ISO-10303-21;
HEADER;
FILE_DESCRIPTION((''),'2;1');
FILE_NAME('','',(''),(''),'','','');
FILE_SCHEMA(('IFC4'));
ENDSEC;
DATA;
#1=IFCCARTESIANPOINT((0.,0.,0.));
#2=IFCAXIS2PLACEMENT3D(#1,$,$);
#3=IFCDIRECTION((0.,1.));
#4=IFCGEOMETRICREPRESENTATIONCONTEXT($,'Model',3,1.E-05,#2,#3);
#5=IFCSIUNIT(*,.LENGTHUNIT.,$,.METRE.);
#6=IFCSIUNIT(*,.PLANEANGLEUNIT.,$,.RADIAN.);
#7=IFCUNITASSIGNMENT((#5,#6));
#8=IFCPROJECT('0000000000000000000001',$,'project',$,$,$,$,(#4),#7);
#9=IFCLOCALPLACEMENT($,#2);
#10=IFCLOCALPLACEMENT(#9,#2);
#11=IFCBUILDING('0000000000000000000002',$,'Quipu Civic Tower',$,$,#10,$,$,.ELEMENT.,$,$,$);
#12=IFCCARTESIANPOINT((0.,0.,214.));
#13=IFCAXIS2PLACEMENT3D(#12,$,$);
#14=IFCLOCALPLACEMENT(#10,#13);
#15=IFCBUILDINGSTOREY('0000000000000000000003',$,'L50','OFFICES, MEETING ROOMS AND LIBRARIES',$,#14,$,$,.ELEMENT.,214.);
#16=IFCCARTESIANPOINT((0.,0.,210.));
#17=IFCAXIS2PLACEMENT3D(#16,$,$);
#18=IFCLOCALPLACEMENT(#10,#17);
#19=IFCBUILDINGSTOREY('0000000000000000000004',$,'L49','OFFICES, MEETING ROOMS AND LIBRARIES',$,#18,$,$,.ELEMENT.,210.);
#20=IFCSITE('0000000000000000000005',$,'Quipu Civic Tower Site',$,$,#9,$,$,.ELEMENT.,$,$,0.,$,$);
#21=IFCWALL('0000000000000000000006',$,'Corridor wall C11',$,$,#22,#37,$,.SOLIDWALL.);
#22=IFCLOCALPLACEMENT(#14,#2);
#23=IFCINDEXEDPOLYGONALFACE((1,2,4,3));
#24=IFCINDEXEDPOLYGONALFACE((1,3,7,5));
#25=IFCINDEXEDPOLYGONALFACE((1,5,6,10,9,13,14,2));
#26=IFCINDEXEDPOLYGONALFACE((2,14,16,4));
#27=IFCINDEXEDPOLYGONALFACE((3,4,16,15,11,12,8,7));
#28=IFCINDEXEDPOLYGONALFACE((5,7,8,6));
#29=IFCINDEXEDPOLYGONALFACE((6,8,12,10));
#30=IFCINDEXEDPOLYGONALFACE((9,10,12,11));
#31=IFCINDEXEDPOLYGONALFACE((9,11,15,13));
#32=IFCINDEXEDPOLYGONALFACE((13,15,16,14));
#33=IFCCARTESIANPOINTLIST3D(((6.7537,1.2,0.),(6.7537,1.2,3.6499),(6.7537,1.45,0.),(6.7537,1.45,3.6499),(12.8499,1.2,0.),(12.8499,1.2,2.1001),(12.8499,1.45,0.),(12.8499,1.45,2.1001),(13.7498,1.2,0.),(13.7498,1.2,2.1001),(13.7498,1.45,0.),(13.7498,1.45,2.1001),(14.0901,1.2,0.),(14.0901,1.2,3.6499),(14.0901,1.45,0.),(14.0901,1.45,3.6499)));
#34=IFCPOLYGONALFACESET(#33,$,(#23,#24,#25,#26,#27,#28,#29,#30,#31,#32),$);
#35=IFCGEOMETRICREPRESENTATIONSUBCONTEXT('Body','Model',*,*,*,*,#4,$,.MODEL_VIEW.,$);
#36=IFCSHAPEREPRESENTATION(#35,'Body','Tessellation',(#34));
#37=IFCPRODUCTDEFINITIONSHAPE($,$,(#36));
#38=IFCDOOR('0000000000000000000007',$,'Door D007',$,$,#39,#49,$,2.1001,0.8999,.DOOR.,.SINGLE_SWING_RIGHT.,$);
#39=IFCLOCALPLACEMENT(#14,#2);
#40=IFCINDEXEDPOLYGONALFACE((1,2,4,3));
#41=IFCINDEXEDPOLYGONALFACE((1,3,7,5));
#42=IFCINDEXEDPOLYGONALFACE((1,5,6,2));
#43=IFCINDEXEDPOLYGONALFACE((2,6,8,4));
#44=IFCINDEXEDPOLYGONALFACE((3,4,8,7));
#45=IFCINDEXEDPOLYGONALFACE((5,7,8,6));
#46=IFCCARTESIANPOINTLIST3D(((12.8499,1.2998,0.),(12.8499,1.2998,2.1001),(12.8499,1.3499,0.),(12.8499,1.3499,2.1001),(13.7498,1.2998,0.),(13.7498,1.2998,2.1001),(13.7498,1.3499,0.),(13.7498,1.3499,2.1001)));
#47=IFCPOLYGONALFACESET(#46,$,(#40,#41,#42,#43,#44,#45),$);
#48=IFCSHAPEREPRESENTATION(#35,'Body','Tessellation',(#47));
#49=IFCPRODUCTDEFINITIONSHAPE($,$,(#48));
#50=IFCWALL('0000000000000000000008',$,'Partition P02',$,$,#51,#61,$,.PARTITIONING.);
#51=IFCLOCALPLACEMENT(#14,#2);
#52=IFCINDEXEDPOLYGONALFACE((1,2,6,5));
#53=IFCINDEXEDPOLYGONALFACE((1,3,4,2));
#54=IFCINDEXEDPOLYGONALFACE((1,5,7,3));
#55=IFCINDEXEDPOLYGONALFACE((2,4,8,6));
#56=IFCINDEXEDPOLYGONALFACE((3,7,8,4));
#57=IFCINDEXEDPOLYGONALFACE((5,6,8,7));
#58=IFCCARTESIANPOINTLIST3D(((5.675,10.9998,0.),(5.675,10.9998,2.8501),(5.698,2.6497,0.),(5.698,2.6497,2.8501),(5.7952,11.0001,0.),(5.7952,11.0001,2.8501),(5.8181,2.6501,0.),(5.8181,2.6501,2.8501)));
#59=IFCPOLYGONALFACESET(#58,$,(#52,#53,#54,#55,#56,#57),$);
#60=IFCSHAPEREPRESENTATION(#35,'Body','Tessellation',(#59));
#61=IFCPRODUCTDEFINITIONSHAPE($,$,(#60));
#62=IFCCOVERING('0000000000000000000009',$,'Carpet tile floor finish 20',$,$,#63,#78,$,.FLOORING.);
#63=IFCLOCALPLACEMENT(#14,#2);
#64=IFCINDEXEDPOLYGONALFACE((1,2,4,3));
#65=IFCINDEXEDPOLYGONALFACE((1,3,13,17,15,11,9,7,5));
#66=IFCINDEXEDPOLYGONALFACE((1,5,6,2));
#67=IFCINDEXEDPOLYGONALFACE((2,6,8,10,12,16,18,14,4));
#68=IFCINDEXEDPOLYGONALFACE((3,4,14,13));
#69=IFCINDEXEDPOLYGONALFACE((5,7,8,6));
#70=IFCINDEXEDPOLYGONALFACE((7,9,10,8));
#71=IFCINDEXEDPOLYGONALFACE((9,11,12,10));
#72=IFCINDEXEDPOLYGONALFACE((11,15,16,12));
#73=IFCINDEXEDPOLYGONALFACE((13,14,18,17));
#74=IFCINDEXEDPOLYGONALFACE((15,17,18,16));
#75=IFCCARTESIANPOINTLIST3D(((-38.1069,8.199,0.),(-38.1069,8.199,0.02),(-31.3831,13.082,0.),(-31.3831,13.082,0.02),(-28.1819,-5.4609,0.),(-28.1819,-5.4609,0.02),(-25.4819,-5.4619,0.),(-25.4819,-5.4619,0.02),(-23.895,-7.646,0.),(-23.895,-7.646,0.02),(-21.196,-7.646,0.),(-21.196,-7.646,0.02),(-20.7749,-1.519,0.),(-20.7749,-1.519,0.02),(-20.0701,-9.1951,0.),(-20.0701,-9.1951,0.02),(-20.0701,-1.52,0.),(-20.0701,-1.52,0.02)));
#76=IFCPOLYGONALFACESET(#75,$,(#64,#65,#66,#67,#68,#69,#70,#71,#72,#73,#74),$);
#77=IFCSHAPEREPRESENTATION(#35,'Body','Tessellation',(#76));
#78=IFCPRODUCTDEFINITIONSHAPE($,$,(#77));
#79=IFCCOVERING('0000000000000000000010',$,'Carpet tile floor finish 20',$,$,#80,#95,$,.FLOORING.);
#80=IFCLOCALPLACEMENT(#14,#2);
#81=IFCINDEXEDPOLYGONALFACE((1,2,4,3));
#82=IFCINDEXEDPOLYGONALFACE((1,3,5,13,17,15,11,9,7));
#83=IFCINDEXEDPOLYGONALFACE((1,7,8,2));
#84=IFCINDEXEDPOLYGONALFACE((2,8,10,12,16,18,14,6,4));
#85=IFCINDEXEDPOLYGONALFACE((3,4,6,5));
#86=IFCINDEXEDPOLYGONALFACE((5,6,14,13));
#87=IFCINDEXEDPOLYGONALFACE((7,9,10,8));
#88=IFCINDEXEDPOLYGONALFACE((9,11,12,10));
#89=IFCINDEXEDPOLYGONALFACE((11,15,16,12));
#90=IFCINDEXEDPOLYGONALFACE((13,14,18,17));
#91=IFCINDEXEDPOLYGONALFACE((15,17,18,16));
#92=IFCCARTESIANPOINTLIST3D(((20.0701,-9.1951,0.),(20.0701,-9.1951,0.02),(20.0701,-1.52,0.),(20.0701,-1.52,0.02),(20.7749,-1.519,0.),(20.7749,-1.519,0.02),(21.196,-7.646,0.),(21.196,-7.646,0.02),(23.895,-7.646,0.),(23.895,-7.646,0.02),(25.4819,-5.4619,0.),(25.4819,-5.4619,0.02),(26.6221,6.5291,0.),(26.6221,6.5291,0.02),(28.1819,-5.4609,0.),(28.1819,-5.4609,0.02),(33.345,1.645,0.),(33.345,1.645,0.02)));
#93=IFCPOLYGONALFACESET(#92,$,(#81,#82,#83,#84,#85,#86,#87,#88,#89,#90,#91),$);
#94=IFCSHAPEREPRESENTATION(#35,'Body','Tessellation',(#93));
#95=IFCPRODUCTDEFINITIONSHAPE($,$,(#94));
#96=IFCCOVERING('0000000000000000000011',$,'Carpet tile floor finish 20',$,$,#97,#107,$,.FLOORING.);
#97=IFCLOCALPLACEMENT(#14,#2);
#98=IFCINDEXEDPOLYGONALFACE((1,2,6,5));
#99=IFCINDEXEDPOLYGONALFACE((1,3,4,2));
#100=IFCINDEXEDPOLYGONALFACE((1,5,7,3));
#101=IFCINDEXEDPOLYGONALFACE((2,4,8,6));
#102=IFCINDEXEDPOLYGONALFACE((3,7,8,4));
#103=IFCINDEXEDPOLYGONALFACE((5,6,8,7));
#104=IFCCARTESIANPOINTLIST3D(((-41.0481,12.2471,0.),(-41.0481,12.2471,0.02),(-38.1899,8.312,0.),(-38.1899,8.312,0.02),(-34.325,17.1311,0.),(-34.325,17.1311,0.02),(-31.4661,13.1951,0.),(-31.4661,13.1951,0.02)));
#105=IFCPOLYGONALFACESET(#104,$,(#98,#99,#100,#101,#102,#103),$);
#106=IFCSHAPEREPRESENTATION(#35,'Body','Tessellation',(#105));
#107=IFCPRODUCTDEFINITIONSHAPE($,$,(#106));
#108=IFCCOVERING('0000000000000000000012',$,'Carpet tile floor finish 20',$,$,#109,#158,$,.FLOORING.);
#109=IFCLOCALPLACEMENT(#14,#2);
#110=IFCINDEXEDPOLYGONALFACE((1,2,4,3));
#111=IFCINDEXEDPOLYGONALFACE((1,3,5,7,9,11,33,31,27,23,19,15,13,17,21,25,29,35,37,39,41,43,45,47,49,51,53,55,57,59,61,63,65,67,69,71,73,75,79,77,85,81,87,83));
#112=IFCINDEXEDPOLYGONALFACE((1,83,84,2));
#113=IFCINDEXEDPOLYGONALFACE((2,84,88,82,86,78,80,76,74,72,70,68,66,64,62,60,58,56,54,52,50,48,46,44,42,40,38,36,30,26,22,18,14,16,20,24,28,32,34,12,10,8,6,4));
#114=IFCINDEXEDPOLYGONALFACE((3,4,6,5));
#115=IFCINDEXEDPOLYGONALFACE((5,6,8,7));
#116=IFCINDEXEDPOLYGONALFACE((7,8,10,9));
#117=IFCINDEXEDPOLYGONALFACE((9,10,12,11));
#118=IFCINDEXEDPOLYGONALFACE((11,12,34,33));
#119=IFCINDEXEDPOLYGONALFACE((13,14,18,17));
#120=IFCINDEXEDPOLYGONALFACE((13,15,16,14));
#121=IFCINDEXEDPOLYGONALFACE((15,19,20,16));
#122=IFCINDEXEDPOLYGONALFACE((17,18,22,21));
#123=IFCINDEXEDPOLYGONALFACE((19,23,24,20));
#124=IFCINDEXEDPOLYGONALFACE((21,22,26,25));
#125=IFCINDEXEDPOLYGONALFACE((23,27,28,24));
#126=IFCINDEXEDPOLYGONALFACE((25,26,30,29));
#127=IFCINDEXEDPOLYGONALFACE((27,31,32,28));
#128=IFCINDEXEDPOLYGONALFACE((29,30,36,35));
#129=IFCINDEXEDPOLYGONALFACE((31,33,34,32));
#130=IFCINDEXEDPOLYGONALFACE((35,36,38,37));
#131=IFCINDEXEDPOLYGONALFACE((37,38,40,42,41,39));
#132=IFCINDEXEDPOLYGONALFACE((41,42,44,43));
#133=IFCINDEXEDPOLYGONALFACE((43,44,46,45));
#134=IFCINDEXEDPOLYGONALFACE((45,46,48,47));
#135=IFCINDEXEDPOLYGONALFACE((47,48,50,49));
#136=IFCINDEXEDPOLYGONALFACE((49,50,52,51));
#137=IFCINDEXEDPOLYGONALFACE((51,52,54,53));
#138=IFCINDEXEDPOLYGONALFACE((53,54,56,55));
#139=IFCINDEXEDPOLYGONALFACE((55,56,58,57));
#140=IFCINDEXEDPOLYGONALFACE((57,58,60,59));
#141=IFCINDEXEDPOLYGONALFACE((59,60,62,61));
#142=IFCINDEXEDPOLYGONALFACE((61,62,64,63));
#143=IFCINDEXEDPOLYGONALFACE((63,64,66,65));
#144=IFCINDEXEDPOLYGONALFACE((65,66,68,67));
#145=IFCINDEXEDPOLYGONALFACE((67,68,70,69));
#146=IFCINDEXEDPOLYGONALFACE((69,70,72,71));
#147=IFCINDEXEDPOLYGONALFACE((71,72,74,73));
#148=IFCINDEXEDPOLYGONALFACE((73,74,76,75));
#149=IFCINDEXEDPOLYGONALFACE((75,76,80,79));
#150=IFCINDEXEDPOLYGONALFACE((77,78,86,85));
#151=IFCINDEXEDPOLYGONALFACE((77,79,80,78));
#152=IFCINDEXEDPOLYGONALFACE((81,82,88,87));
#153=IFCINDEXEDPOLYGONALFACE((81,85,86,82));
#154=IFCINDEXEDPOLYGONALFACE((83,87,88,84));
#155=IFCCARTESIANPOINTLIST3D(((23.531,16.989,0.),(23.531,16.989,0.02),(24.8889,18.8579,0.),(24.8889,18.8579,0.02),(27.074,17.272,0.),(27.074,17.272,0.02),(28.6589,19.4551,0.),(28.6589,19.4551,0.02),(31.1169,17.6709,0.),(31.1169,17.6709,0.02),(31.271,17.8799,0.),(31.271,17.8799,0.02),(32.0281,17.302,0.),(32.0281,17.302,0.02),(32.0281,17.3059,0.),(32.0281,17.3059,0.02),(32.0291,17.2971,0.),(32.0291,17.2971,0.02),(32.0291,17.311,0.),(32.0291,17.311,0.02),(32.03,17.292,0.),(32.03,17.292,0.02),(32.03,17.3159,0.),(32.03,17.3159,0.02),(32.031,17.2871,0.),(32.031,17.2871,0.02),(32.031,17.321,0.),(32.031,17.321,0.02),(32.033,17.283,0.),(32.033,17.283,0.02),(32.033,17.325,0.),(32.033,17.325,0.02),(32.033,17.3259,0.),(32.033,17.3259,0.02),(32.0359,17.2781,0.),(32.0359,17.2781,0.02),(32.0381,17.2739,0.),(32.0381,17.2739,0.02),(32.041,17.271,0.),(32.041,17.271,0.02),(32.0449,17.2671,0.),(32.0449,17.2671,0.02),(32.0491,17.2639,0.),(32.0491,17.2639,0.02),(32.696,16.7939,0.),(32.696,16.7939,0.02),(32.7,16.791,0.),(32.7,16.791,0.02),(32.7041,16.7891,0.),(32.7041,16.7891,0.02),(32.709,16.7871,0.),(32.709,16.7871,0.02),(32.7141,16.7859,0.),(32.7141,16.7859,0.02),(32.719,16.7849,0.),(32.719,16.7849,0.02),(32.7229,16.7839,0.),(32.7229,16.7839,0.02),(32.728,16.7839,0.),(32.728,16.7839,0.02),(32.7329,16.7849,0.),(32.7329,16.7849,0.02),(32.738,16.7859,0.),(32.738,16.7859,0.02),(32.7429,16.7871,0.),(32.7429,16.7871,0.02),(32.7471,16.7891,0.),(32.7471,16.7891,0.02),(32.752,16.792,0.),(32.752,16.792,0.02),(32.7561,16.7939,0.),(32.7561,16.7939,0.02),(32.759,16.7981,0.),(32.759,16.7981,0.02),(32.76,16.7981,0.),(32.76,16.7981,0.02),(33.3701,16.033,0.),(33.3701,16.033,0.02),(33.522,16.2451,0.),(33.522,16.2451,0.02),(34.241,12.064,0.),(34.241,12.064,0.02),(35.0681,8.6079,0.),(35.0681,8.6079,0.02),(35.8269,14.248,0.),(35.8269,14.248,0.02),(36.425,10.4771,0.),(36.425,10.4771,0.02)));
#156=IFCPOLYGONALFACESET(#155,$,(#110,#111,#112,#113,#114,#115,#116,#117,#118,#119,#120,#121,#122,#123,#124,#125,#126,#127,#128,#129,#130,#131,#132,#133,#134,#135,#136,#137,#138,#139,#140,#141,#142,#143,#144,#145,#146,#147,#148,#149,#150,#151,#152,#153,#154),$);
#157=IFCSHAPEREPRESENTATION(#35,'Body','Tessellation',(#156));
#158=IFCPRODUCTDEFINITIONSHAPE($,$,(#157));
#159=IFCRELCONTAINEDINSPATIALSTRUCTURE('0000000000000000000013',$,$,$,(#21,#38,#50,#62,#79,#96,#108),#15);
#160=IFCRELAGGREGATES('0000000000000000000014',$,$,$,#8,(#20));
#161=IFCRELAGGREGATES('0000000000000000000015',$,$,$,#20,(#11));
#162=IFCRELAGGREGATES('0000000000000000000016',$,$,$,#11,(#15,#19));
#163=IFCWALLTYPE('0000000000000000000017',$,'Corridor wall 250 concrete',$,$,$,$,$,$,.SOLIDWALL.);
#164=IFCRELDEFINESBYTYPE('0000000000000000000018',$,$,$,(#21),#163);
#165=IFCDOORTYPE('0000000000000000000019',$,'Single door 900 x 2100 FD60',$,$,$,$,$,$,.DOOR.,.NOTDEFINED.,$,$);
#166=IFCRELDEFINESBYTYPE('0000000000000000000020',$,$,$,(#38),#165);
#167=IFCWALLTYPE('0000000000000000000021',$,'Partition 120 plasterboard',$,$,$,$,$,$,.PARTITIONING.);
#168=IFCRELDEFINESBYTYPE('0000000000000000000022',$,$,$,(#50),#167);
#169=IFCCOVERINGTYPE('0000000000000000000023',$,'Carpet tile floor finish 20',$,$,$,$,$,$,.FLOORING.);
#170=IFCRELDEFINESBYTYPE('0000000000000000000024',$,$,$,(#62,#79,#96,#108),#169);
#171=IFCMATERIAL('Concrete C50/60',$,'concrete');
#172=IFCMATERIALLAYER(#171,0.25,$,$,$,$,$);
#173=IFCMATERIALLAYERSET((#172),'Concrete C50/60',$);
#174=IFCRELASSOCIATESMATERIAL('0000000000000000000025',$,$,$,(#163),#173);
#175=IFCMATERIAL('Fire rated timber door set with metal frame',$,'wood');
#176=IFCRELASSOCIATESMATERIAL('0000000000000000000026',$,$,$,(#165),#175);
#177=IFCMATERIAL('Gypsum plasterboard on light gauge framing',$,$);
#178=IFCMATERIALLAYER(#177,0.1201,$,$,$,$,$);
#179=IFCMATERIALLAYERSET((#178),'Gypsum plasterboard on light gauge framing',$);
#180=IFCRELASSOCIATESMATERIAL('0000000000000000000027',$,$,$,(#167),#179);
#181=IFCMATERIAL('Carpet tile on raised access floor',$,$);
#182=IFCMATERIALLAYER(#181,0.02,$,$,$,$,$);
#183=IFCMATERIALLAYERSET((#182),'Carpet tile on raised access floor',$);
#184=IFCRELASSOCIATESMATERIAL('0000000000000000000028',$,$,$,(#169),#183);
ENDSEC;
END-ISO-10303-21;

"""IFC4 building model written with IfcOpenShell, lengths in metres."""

from ifc_helpers import new_model, si_unit, direction, frame, frame_2d, origin, place, context, subcontext, project, spatial, polyline, rectangle, outline, extrude, material, layer, layer_set, type_object, element, fill, save


model = new_model("IFC4")

# Units and contexts
model_context = context("Model", 3, precision=1e-05, world=origin(), true_north=direction((0.0, 1.0)))
body_context = subcontext(model_context, "Body", "Model", "MODEL_VIEW")
ifc_project = project(units=[si_unit("LENGTHUNIT", "METRE"), si_unit("PLANEANGLEUNIT", "RADIAN")], contexts=[model_context])

# Site, building, storey
site_placement = place(None, origin())
site = spatial("IfcSite", under=ifc_project, at=site_placement, Name="Quipu Civic Tower Site", CompositionType="ELEMENT", RefElevation=0.0)
building_placement = place(site_placement, origin())
building = spatial("IfcBuilding", under=site, at=building_placement, Name="Quipu Civic Tower", CompositionType="ELEMENT")
storey_1_placement = place(building_placement, frame((0.0, 0.0, 214.0)))
storey_1 = spatial("IfcBuildingStorey", under=building, at=storey_1_placement, Name="L50", Description="OFFICES, MEETING ROOMS AND LIBRARIES", CompositionType="ELEMENT", Elevation=214.0)

# Shared definitions
storey_2_placement = place(building_placement, frame((0.0, 0.0, 210.0)))
storey_2 = spatial("IfcBuildingStorey", under=building, at=storey_2_placement, Name="L49", Description="OFFICES, MEETING ROOMS AND LIBRARIES", CompositionType="ELEMENT", Elevation=210.0)

# Shared definitions
ifc_material_1 = material(Name="Concrete C50/60", Category="concrete")
ifc_layer_1 = layer(ifc_material_1, 0.25)
ifc_layer_set_1 = layer_set([ifc_layer_1], Name="Concrete C50/60")
wall_type_1 = type_object("IfcWallType", Name="Corridor wall 250 concrete", PredefinedType="SOLIDWALL", material=ifc_layer_set_1)

# Wall, opening, door
wall_1_placement = place(storey_1_placement, frame((6.7537, 1.325, 0.0), z_axis=(0.0, 0.0, 1.0), x_axis=(1.0, 0.0, 0.0)))
wall_1 = element("IfcWall", 1, at=wall_1_placement, inside=storey_1, type_object=wall_type_1, Name="Corridor wall C11", PredefinedType="SOLIDWALL", context=body_context, shape_type="SweptSolid", body=[
    extrude(rectangle(XDim=7.3364, YDim=0.25, at=frame_2d((3.6682, 0.0))), origin(), (0.0, 0.0, 1.0), 3.6499),
])
opening_1_placement = place(wall_1_placement, frame((6.0962, 0.0, 0.0)))
opening_1 = element("IfcOpeningElement", 2, at=opening_1_placement, cuts=wall_1, PredefinedType="OPENING", context=body_context, shape_type="SweptSolid", body=[
    extrude(rectangle(XDim=0.8999, YDim=2.1001, at=frame_2d((0.45, 1.05))), frame((0.0, 0.135, 0.0), z_axis=(0.0, -1.0, 0.0), x_axis=(1.0, 0.0, 0.0)), (0.0, 0.0, 1.0), 0.27),
])
ifc_material_2 = material(Name="Fire rated timber door set with metal frame", Category="wood")
door_type_1 = type_object("IfcDoorType", Name="Single door 900 x 2100 FD60", OperationType="NOTDEFINED", PredefinedType="DOOR", material=ifc_material_2)
door_1_placement = place(opening_1_placement, origin())
door_1 = element("IfcDoor", 3, at=door_1_placement, inside=storey_1, type_object=door_type_1, Name="Door D007", OperationType="SINGLE_SWING_RIGHT", OverallHeight=2.1001, OverallWidth=0.8999, PredefinedType="DOOR", context=body_context, shape_type="SweptSolid", body=[
    extrude(rectangle(XDim=0.8999, YDim=2.1001, at=frame_2d((0.45, 1.05))), frame((0.0, 0.0249, 0.0), z_axis=(0.0, -1.0, 0.0), x_axis=(1.0, 0.0, 0.0)), (0.0, 0.0, 1.0), 0.05),
])
fill(opening_1, door_1)

# Wall
ifc_material_3 = material(Name="Gypsum plasterboard on light gauge framing")
ifc_layer_2 = layer(ifc_material_3, 0.1201)
ifc_layer_set_2 = layer_set([ifc_layer_2], Name="Gypsum plasterboard on light gauge framing")
wall_type_2 = type_object("IfcWallType", Name="Partition 120 plasterboard", PredefinedType="PARTITIONING", material=ifc_layer_set_2)
wall_2_placement = place(storey_1_placement, frame((5.7581, 2.6499, 0.0), z_axis=(0.0, 0.0, 1.0), x_axis=(-0.002748, 0.999996, 0.0)))
element("IfcWall", 4, at=wall_2_placement, inside=storey_1, type_object=wall_type_2, Name="Partition P02", PredefinedType="PARTITIONING", context=body_context, shape_type="SweptSolid", body=[
    extrude(rectangle(XDim=8.3501, YDim=0.1201, at=frame_2d((4.175, 0.0))), origin(), (0.0, 0.0, 1.0), 2.8501),
])

# Coverings
ifc_material_4 = material(Name="Carpet tile on raised access floor")
ifc_layer_3 = layer(ifc_material_4, 0.02)
ifc_layer_set_3 = layer_set([ifc_layer_3], Name="Carpet tile on raised access floor")
covering_type_1 = type_object("IfcCoveringType", Name="Carpet tile floor finish 20", PredefinedType="FLOORING", material=ifc_layer_set_3)
covering_1_placement = place(storey_1_placement, origin())
element("IfcCovering", 5, at=covering_1_placement, inside=storey_1, type_object=covering_type_1, Name="Carpet tile floor finish 20", PredefinedType="FLOORING", context=body_context, shape_type="SweptSolid", body=[
    extrude(outline(polyline([(-38.1069, 8.199), (-31.3831, 13.082), (-20.7749, -1.519), (-20.0701, -1.52), (-20.0701, -9.1951), (-21.196, -7.646), (-23.895, -7.646), (-25.4819, -5.4619), (-28.1819, -5.4609), (-38.1069, 8.199)])), origin(), (0.0, 0.0, 1.0), 0.02),
])
covering_2_placement = place(storey_1_placement, origin())
element("IfcCovering", 6, at=covering_2_placement, inside=storey_1, type_object=covering_type_1, Name="Carpet tile floor finish 20", PredefinedType="FLOORING", context=body_context, shape_type="SweptSolid", body=[
    extrude(outline(polyline([(20.0701, -9.1951), (20.0701, -1.52), (20.7749, -1.519), (26.6221, 6.5291), (33.345, 1.645), (28.1819, -5.4609), (25.4819, -5.4619), (23.895, -7.646), (21.196, -7.646), (20.0701, -9.1951)])), origin(), (0.0, 0.0, 1.0), 0.02),
])
covering_3_placement = place(storey_1_placement, origin())
element("IfcCovering", 7, at=covering_3_placement, inside=storey_1, type_object=covering_type_1, Name="Carpet tile floor finish 20", PredefinedType="FLOORING", context=body_context, shape_type="SweptSolid", body=[
    extrude(outline(polyline([(-41.0481, 12.2471), (-34.325, 17.1311), (-31.4661, 13.1951), (-38.1899, 8.312), (-41.0481, 12.2471)])), origin(), (0.0, 0.0, 1.0), 0.02),
])
covering_4_placement = place(storey_1_placement, origin())
element("IfcCovering", 8, at=covering_4_placement, inside=storey_1, type_object=covering_type_1, Name="Carpet tile floor finish 20", PredefinedType="FLOORING", context=body_context, shape_type="SweptSolid", body=[
    extrude(outline(polyline([(23.531, 16.989), (24.8889, 18.8579), (27.074, 17.272), (28.6589, 19.4551), (31.1169, 17.6709), (31.271, 17.8799), (32.033, 17.3259), (32.033, 17.325), (32.031, 17.321), (32.03, 17.3159), (32.0291, 17.311), (32.0281, 17.3059), (32.0281, 17.302), (32.0291, 17.2971), (32.03, 17.292), (32.031, 17.2871), (32.033, 17.283), (32.0359, 17.2781), (32.0381, 17.2739), (32.041, 17.271), (32.0449, 17.2671), (32.0491, 17.2639), (32.696, 16.7939), (32.7, 16.791), (32.7041, 16.7891), (32.709, 16.7871), (32.7141, 16.7859), (32.719, 16.7849), (32.7229, 16.7839), (32.728, 16.7839), (32.7329, 16.7849), (32.738, 16.7859), (32.7429, 16.7871), (32.7471, 16.7891), (32.752, 16.792), (32.7561, 16.7939), (32.759, 16.7981), (32.76, 16.7981), (33.522, 16.2451), (33.3701, 16.033), (35.8269, 14.248), (34.241, 12.064), (36.425, 10.4771), (35.0681, 8.6079), (23.531, 16.989)])), origin(), (0.0, 0.0, 1.0), 0.02),
])

save(model, "model.ifc")
